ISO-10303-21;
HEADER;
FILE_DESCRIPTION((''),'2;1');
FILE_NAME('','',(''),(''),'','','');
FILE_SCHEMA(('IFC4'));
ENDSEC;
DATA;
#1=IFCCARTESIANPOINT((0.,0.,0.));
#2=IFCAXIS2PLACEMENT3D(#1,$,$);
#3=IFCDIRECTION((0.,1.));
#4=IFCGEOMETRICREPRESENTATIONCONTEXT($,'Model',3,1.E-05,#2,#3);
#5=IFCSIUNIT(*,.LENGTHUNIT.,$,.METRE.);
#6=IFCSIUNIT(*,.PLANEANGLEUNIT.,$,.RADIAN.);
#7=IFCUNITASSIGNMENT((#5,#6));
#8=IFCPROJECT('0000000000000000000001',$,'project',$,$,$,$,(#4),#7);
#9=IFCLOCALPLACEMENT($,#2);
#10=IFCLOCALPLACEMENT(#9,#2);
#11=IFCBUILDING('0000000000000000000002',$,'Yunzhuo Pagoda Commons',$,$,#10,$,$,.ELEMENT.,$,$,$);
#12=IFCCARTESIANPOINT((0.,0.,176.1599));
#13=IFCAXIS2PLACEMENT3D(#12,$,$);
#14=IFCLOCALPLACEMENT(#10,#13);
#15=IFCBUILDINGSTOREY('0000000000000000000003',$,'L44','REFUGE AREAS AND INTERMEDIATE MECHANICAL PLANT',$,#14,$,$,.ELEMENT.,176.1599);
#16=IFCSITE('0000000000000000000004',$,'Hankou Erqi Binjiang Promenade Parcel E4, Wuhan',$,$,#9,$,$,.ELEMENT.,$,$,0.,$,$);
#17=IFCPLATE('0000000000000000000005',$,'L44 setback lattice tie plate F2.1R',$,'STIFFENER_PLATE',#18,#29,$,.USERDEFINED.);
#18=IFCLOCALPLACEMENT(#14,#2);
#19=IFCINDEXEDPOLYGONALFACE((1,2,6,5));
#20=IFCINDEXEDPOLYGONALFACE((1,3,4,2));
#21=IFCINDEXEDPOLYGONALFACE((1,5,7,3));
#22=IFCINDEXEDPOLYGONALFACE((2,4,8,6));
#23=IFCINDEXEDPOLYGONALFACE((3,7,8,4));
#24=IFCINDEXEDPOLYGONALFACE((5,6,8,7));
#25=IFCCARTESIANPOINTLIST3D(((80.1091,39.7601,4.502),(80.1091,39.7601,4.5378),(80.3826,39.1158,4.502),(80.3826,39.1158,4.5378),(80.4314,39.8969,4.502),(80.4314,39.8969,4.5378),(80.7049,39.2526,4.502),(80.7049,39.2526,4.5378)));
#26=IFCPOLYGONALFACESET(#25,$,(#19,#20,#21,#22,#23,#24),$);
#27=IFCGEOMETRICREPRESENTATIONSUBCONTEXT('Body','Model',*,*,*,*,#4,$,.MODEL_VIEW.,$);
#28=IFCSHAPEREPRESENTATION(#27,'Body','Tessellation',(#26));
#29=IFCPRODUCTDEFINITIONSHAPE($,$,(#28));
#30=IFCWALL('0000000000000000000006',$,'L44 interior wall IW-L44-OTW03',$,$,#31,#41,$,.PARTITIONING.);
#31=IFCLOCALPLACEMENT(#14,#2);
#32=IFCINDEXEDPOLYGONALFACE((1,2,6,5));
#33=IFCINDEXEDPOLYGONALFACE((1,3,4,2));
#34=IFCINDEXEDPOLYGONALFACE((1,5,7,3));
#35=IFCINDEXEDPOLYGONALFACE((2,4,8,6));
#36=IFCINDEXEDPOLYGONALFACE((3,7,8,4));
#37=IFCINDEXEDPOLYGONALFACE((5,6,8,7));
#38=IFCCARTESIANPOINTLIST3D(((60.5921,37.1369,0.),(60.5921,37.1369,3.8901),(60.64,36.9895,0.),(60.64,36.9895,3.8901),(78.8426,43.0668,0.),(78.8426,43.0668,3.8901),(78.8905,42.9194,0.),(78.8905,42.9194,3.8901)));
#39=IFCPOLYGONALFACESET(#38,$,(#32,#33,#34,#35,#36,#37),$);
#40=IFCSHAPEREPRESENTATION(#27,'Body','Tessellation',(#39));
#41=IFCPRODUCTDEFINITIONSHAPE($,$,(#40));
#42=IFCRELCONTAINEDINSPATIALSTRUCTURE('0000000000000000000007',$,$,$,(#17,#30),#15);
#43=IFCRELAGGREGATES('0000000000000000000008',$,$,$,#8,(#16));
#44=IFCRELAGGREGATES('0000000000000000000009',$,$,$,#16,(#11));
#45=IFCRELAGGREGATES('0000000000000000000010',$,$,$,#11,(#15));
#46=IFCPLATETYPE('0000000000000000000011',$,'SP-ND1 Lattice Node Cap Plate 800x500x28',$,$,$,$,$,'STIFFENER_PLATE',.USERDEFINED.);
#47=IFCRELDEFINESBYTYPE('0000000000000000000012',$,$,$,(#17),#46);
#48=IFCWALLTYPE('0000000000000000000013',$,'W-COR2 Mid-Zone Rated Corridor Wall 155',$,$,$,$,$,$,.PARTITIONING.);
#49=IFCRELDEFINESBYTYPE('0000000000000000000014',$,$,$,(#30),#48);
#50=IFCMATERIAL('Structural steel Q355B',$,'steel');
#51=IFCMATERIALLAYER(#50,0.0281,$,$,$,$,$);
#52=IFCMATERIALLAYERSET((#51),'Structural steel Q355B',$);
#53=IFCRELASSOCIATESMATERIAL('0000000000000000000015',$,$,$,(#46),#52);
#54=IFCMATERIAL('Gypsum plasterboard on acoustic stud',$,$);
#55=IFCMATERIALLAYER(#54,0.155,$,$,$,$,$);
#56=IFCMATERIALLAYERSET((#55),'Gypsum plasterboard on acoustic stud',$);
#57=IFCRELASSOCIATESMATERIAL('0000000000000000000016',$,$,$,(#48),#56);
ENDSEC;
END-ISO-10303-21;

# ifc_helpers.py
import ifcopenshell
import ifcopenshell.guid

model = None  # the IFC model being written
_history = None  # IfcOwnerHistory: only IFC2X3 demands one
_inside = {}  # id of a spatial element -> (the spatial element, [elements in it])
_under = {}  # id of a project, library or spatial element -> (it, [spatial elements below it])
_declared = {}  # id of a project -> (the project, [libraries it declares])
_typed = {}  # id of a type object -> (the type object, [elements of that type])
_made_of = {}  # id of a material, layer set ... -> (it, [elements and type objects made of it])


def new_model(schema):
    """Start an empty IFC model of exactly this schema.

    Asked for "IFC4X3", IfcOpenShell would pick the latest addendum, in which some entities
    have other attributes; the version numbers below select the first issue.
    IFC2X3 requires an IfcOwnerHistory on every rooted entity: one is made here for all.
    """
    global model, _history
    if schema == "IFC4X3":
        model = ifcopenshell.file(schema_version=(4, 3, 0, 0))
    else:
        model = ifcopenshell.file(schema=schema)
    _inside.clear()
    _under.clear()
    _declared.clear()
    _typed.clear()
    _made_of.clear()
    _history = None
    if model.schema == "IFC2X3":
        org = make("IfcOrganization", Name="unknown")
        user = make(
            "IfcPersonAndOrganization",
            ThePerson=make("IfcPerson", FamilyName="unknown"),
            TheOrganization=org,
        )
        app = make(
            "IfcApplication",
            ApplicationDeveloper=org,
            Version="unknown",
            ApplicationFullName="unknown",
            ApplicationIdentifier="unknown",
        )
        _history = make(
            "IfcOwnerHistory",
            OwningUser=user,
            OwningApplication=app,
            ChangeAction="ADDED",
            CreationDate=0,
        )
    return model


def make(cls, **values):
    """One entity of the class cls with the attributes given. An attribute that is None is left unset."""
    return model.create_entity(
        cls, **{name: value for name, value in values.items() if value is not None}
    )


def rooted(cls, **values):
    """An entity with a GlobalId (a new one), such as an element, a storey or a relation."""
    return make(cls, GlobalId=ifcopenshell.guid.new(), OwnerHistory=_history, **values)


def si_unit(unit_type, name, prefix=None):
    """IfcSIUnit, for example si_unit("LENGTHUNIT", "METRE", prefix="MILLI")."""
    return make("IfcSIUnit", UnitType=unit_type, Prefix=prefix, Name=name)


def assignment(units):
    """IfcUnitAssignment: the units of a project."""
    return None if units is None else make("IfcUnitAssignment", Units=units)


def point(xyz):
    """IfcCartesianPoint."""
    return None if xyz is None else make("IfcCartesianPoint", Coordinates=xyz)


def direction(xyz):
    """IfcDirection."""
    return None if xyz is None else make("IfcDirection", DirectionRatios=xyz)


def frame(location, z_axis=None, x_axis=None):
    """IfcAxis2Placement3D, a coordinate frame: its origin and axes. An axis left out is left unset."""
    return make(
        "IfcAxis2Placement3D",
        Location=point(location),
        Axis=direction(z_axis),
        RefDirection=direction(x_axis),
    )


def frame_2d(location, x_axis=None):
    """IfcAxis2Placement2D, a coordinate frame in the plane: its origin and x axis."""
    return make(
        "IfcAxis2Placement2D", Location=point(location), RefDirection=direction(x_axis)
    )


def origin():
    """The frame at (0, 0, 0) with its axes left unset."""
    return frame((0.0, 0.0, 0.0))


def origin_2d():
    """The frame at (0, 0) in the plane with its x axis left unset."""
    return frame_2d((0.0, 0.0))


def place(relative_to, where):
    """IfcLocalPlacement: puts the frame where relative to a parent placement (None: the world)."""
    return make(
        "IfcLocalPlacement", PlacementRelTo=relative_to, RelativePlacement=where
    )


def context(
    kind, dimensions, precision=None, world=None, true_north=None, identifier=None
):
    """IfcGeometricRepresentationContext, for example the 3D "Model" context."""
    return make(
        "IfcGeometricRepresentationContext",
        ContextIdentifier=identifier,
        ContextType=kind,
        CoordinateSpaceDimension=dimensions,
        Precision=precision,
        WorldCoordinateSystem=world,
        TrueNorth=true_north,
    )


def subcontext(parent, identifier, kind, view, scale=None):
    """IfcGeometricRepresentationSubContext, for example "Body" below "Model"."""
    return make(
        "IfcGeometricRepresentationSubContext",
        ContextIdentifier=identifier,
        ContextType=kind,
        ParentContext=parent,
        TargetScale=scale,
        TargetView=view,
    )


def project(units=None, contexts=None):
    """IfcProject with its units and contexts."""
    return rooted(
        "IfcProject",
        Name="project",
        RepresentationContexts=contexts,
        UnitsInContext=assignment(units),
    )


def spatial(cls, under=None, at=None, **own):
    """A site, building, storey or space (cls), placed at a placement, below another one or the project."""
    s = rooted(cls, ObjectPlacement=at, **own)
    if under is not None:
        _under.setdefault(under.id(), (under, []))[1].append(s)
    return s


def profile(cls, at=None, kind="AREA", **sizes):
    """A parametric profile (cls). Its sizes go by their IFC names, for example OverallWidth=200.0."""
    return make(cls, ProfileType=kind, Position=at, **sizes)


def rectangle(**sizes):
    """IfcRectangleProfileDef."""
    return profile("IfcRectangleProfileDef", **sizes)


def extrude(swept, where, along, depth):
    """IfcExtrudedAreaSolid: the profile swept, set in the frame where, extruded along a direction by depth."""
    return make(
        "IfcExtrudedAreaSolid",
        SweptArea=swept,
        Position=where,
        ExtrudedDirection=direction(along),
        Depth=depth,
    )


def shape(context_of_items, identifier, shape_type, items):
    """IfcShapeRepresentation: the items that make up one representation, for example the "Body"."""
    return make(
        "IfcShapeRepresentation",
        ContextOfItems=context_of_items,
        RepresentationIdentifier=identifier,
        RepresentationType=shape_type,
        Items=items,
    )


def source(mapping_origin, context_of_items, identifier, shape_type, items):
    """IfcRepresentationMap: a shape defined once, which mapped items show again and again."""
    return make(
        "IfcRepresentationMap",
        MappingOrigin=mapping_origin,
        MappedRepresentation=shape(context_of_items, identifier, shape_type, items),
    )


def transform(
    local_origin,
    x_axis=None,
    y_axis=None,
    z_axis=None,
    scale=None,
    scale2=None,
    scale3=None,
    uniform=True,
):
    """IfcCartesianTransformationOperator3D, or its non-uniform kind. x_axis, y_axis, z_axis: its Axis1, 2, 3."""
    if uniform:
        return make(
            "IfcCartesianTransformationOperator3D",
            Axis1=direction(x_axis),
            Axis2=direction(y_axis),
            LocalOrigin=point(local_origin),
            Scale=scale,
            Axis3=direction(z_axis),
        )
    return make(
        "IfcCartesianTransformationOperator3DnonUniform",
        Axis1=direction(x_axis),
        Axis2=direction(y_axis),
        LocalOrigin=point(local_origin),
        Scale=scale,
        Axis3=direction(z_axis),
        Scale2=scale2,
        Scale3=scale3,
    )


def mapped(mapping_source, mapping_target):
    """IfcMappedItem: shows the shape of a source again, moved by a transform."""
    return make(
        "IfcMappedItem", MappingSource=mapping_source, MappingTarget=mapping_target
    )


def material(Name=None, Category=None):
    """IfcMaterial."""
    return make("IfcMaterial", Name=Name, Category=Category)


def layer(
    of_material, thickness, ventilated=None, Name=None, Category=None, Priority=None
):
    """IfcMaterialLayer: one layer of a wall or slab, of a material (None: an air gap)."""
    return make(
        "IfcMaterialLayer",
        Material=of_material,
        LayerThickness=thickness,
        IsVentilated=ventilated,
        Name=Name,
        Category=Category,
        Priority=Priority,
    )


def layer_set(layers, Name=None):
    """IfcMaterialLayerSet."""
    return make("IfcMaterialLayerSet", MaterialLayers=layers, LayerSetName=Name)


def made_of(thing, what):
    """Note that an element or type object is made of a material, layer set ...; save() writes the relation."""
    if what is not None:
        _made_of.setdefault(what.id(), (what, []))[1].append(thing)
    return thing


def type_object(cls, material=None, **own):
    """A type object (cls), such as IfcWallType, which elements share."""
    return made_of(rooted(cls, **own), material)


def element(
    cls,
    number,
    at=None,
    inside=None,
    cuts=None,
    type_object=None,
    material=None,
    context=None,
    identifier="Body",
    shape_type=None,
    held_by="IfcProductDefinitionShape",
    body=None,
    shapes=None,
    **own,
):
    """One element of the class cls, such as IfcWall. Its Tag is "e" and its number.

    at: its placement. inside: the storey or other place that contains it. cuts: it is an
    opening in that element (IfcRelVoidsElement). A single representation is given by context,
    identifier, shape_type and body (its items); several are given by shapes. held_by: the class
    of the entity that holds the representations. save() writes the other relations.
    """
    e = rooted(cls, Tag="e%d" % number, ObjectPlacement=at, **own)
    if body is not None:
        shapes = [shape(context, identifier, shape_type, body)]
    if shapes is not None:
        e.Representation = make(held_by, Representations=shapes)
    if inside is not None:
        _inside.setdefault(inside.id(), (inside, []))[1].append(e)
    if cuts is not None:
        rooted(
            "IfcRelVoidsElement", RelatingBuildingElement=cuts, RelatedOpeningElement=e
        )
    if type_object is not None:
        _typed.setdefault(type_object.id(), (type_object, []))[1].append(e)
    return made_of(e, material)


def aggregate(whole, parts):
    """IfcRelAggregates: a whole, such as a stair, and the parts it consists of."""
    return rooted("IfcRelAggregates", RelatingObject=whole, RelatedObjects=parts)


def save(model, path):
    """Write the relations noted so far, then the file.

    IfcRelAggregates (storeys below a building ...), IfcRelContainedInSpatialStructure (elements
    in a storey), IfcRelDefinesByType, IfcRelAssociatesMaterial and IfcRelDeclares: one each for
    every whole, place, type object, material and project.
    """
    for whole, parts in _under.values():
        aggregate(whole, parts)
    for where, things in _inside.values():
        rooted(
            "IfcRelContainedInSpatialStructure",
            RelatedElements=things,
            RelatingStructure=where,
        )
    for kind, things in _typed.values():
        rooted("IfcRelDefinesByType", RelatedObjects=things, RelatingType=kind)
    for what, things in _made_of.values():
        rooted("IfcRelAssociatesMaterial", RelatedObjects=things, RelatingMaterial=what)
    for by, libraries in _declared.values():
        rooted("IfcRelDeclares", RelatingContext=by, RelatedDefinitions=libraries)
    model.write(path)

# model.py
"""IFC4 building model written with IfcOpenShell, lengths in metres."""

from ifc_helpers import new_model, si_unit, direction, frame, frame_2d, origin, origin_2d, place, context, subcontext, project, spatial, rectangle, extrude, source, transform, mapped, material, layer, layer_set, type_object, element, save


model = new_model("IFC4")

# Units and contexts
model_context = context("Model", 3, precision=1e-05, world=origin(), true_north=direction((0.0, 1.0)))
body_context = subcontext(model_context, "Body", "Model", "MODEL_VIEW")
ifc_project = project(units=[si_unit("LENGTHUNIT", "METRE"), si_unit("PLANEANGLEUNIT", "RADIAN")], contexts=[model_context])

# Site, building, storey
site_placement = place(None, origin())
site = spatial("IfcSite", under=ifc_project, at=site_placement, Name="Hankou Erqi Binjiang Promenade Parcel E4, Wuhan", CompositionType="ELEMENT", RefElevation=0.0)
building_placement = place(site_placement, origin())
building = spatial("IfcBuilding", under=site, at=building_placement, Name="Yunzhuo Pagoda Commons", CompositionType="ELEMENT")
storey_placement = place(building_placement, frame((0.0, 0.0, 176.1599)))
storey = spatial("IfcBuildingStorey", under=building, at=storey_placement, Name="L44", Description="REFUGE AREAS AND INTERMEDIATE MECHANICAL PLANT", CompositionType="ELEMENT", Elevation=176.1599)

# Shared definitions
ifc_material_1 = material(Name="Structural steel Q355B", Category="steel")

# Plate
ifc_layer_1 = layer(ifc_material_1, 0.0281)
ifc_layer_set_1 = layer_set([ifc_layer_1], Name="Structural steel Q355B")
plate_type_1 = type_object("IfcPlateType", Name="SP-ND1 Lattice Node Cap Plate 800x500x28", ElementType="STIFFENER_PLATE", PredefinedType="USERDEFINED", material=ifc_layer_set_1)
shared_shape_1 = source(origin(), body_context, "Body", "SweptSolid", [
    extrude(rectangle(XDim=0.7, YDim=0.3501, at=origin_2d()), origin(), (0.0, 0.0, 1.0), 0.0359),
])
plate_1_placement = place(storey_placement, frame((80.407, 39.5063, 4.502), z_axis=(0.0, 0.0, 1.0), x_axis=(-0.390699, 0.920518, 0.0)))
element("IfcPlate", 1, at=plate_1_placement, inside=storey, type_object=plate_type_1, Name="L44 setback lattice tie plate F2.1R", ObjectType="STIFFENER_PLATE", PredefinedType="USERDEFINED", context=body_context, shape_type="MappedRepresentation", body=[
    mapped(shared_shape_1, transform((0.0, 0.0, 0.0), scale=1.0)),
])

# Wall
ifc_material_2 = material(Name="Gypsum plasterboard on acoustic stud")
ifc_layer_2 = layer(ifc_material_2, 0.155)
ifc_layer_set_2 = layer_set([ifc_layer_2], Name="Gypsum plasterboard on acoustic stud")
wall_type = type_object("IfcWallType", Name="W-COR2 Mid-Zone Rated Corridor Wall 155", PredefinedType="PARTITIONING", material=ifc_layer_set_2)
wall_placement = place(storey_placement, frame((60.6162, 37.0632, 0.0), z_axis=(0.0, 0.0, 1.0), x_axis=(0.951057, 0.309016, 0.0)))
element("IfcWall", 2, at=wall_placement, inside=storey, type_object=wall_type, Name="L44 interior wall IW-L44-OTW03", PredefinedType="PARTITIONING", context=body_context, shape_type="SweptSolid", body=[
    extrude(rectangle(XDim=19.1897, YDim=0.155, at=frame_2d((9.5947, 0.0))), origin(), (0.0, 0.0, 1.0), 3.8901),
])

save(model, "model.ifc")
